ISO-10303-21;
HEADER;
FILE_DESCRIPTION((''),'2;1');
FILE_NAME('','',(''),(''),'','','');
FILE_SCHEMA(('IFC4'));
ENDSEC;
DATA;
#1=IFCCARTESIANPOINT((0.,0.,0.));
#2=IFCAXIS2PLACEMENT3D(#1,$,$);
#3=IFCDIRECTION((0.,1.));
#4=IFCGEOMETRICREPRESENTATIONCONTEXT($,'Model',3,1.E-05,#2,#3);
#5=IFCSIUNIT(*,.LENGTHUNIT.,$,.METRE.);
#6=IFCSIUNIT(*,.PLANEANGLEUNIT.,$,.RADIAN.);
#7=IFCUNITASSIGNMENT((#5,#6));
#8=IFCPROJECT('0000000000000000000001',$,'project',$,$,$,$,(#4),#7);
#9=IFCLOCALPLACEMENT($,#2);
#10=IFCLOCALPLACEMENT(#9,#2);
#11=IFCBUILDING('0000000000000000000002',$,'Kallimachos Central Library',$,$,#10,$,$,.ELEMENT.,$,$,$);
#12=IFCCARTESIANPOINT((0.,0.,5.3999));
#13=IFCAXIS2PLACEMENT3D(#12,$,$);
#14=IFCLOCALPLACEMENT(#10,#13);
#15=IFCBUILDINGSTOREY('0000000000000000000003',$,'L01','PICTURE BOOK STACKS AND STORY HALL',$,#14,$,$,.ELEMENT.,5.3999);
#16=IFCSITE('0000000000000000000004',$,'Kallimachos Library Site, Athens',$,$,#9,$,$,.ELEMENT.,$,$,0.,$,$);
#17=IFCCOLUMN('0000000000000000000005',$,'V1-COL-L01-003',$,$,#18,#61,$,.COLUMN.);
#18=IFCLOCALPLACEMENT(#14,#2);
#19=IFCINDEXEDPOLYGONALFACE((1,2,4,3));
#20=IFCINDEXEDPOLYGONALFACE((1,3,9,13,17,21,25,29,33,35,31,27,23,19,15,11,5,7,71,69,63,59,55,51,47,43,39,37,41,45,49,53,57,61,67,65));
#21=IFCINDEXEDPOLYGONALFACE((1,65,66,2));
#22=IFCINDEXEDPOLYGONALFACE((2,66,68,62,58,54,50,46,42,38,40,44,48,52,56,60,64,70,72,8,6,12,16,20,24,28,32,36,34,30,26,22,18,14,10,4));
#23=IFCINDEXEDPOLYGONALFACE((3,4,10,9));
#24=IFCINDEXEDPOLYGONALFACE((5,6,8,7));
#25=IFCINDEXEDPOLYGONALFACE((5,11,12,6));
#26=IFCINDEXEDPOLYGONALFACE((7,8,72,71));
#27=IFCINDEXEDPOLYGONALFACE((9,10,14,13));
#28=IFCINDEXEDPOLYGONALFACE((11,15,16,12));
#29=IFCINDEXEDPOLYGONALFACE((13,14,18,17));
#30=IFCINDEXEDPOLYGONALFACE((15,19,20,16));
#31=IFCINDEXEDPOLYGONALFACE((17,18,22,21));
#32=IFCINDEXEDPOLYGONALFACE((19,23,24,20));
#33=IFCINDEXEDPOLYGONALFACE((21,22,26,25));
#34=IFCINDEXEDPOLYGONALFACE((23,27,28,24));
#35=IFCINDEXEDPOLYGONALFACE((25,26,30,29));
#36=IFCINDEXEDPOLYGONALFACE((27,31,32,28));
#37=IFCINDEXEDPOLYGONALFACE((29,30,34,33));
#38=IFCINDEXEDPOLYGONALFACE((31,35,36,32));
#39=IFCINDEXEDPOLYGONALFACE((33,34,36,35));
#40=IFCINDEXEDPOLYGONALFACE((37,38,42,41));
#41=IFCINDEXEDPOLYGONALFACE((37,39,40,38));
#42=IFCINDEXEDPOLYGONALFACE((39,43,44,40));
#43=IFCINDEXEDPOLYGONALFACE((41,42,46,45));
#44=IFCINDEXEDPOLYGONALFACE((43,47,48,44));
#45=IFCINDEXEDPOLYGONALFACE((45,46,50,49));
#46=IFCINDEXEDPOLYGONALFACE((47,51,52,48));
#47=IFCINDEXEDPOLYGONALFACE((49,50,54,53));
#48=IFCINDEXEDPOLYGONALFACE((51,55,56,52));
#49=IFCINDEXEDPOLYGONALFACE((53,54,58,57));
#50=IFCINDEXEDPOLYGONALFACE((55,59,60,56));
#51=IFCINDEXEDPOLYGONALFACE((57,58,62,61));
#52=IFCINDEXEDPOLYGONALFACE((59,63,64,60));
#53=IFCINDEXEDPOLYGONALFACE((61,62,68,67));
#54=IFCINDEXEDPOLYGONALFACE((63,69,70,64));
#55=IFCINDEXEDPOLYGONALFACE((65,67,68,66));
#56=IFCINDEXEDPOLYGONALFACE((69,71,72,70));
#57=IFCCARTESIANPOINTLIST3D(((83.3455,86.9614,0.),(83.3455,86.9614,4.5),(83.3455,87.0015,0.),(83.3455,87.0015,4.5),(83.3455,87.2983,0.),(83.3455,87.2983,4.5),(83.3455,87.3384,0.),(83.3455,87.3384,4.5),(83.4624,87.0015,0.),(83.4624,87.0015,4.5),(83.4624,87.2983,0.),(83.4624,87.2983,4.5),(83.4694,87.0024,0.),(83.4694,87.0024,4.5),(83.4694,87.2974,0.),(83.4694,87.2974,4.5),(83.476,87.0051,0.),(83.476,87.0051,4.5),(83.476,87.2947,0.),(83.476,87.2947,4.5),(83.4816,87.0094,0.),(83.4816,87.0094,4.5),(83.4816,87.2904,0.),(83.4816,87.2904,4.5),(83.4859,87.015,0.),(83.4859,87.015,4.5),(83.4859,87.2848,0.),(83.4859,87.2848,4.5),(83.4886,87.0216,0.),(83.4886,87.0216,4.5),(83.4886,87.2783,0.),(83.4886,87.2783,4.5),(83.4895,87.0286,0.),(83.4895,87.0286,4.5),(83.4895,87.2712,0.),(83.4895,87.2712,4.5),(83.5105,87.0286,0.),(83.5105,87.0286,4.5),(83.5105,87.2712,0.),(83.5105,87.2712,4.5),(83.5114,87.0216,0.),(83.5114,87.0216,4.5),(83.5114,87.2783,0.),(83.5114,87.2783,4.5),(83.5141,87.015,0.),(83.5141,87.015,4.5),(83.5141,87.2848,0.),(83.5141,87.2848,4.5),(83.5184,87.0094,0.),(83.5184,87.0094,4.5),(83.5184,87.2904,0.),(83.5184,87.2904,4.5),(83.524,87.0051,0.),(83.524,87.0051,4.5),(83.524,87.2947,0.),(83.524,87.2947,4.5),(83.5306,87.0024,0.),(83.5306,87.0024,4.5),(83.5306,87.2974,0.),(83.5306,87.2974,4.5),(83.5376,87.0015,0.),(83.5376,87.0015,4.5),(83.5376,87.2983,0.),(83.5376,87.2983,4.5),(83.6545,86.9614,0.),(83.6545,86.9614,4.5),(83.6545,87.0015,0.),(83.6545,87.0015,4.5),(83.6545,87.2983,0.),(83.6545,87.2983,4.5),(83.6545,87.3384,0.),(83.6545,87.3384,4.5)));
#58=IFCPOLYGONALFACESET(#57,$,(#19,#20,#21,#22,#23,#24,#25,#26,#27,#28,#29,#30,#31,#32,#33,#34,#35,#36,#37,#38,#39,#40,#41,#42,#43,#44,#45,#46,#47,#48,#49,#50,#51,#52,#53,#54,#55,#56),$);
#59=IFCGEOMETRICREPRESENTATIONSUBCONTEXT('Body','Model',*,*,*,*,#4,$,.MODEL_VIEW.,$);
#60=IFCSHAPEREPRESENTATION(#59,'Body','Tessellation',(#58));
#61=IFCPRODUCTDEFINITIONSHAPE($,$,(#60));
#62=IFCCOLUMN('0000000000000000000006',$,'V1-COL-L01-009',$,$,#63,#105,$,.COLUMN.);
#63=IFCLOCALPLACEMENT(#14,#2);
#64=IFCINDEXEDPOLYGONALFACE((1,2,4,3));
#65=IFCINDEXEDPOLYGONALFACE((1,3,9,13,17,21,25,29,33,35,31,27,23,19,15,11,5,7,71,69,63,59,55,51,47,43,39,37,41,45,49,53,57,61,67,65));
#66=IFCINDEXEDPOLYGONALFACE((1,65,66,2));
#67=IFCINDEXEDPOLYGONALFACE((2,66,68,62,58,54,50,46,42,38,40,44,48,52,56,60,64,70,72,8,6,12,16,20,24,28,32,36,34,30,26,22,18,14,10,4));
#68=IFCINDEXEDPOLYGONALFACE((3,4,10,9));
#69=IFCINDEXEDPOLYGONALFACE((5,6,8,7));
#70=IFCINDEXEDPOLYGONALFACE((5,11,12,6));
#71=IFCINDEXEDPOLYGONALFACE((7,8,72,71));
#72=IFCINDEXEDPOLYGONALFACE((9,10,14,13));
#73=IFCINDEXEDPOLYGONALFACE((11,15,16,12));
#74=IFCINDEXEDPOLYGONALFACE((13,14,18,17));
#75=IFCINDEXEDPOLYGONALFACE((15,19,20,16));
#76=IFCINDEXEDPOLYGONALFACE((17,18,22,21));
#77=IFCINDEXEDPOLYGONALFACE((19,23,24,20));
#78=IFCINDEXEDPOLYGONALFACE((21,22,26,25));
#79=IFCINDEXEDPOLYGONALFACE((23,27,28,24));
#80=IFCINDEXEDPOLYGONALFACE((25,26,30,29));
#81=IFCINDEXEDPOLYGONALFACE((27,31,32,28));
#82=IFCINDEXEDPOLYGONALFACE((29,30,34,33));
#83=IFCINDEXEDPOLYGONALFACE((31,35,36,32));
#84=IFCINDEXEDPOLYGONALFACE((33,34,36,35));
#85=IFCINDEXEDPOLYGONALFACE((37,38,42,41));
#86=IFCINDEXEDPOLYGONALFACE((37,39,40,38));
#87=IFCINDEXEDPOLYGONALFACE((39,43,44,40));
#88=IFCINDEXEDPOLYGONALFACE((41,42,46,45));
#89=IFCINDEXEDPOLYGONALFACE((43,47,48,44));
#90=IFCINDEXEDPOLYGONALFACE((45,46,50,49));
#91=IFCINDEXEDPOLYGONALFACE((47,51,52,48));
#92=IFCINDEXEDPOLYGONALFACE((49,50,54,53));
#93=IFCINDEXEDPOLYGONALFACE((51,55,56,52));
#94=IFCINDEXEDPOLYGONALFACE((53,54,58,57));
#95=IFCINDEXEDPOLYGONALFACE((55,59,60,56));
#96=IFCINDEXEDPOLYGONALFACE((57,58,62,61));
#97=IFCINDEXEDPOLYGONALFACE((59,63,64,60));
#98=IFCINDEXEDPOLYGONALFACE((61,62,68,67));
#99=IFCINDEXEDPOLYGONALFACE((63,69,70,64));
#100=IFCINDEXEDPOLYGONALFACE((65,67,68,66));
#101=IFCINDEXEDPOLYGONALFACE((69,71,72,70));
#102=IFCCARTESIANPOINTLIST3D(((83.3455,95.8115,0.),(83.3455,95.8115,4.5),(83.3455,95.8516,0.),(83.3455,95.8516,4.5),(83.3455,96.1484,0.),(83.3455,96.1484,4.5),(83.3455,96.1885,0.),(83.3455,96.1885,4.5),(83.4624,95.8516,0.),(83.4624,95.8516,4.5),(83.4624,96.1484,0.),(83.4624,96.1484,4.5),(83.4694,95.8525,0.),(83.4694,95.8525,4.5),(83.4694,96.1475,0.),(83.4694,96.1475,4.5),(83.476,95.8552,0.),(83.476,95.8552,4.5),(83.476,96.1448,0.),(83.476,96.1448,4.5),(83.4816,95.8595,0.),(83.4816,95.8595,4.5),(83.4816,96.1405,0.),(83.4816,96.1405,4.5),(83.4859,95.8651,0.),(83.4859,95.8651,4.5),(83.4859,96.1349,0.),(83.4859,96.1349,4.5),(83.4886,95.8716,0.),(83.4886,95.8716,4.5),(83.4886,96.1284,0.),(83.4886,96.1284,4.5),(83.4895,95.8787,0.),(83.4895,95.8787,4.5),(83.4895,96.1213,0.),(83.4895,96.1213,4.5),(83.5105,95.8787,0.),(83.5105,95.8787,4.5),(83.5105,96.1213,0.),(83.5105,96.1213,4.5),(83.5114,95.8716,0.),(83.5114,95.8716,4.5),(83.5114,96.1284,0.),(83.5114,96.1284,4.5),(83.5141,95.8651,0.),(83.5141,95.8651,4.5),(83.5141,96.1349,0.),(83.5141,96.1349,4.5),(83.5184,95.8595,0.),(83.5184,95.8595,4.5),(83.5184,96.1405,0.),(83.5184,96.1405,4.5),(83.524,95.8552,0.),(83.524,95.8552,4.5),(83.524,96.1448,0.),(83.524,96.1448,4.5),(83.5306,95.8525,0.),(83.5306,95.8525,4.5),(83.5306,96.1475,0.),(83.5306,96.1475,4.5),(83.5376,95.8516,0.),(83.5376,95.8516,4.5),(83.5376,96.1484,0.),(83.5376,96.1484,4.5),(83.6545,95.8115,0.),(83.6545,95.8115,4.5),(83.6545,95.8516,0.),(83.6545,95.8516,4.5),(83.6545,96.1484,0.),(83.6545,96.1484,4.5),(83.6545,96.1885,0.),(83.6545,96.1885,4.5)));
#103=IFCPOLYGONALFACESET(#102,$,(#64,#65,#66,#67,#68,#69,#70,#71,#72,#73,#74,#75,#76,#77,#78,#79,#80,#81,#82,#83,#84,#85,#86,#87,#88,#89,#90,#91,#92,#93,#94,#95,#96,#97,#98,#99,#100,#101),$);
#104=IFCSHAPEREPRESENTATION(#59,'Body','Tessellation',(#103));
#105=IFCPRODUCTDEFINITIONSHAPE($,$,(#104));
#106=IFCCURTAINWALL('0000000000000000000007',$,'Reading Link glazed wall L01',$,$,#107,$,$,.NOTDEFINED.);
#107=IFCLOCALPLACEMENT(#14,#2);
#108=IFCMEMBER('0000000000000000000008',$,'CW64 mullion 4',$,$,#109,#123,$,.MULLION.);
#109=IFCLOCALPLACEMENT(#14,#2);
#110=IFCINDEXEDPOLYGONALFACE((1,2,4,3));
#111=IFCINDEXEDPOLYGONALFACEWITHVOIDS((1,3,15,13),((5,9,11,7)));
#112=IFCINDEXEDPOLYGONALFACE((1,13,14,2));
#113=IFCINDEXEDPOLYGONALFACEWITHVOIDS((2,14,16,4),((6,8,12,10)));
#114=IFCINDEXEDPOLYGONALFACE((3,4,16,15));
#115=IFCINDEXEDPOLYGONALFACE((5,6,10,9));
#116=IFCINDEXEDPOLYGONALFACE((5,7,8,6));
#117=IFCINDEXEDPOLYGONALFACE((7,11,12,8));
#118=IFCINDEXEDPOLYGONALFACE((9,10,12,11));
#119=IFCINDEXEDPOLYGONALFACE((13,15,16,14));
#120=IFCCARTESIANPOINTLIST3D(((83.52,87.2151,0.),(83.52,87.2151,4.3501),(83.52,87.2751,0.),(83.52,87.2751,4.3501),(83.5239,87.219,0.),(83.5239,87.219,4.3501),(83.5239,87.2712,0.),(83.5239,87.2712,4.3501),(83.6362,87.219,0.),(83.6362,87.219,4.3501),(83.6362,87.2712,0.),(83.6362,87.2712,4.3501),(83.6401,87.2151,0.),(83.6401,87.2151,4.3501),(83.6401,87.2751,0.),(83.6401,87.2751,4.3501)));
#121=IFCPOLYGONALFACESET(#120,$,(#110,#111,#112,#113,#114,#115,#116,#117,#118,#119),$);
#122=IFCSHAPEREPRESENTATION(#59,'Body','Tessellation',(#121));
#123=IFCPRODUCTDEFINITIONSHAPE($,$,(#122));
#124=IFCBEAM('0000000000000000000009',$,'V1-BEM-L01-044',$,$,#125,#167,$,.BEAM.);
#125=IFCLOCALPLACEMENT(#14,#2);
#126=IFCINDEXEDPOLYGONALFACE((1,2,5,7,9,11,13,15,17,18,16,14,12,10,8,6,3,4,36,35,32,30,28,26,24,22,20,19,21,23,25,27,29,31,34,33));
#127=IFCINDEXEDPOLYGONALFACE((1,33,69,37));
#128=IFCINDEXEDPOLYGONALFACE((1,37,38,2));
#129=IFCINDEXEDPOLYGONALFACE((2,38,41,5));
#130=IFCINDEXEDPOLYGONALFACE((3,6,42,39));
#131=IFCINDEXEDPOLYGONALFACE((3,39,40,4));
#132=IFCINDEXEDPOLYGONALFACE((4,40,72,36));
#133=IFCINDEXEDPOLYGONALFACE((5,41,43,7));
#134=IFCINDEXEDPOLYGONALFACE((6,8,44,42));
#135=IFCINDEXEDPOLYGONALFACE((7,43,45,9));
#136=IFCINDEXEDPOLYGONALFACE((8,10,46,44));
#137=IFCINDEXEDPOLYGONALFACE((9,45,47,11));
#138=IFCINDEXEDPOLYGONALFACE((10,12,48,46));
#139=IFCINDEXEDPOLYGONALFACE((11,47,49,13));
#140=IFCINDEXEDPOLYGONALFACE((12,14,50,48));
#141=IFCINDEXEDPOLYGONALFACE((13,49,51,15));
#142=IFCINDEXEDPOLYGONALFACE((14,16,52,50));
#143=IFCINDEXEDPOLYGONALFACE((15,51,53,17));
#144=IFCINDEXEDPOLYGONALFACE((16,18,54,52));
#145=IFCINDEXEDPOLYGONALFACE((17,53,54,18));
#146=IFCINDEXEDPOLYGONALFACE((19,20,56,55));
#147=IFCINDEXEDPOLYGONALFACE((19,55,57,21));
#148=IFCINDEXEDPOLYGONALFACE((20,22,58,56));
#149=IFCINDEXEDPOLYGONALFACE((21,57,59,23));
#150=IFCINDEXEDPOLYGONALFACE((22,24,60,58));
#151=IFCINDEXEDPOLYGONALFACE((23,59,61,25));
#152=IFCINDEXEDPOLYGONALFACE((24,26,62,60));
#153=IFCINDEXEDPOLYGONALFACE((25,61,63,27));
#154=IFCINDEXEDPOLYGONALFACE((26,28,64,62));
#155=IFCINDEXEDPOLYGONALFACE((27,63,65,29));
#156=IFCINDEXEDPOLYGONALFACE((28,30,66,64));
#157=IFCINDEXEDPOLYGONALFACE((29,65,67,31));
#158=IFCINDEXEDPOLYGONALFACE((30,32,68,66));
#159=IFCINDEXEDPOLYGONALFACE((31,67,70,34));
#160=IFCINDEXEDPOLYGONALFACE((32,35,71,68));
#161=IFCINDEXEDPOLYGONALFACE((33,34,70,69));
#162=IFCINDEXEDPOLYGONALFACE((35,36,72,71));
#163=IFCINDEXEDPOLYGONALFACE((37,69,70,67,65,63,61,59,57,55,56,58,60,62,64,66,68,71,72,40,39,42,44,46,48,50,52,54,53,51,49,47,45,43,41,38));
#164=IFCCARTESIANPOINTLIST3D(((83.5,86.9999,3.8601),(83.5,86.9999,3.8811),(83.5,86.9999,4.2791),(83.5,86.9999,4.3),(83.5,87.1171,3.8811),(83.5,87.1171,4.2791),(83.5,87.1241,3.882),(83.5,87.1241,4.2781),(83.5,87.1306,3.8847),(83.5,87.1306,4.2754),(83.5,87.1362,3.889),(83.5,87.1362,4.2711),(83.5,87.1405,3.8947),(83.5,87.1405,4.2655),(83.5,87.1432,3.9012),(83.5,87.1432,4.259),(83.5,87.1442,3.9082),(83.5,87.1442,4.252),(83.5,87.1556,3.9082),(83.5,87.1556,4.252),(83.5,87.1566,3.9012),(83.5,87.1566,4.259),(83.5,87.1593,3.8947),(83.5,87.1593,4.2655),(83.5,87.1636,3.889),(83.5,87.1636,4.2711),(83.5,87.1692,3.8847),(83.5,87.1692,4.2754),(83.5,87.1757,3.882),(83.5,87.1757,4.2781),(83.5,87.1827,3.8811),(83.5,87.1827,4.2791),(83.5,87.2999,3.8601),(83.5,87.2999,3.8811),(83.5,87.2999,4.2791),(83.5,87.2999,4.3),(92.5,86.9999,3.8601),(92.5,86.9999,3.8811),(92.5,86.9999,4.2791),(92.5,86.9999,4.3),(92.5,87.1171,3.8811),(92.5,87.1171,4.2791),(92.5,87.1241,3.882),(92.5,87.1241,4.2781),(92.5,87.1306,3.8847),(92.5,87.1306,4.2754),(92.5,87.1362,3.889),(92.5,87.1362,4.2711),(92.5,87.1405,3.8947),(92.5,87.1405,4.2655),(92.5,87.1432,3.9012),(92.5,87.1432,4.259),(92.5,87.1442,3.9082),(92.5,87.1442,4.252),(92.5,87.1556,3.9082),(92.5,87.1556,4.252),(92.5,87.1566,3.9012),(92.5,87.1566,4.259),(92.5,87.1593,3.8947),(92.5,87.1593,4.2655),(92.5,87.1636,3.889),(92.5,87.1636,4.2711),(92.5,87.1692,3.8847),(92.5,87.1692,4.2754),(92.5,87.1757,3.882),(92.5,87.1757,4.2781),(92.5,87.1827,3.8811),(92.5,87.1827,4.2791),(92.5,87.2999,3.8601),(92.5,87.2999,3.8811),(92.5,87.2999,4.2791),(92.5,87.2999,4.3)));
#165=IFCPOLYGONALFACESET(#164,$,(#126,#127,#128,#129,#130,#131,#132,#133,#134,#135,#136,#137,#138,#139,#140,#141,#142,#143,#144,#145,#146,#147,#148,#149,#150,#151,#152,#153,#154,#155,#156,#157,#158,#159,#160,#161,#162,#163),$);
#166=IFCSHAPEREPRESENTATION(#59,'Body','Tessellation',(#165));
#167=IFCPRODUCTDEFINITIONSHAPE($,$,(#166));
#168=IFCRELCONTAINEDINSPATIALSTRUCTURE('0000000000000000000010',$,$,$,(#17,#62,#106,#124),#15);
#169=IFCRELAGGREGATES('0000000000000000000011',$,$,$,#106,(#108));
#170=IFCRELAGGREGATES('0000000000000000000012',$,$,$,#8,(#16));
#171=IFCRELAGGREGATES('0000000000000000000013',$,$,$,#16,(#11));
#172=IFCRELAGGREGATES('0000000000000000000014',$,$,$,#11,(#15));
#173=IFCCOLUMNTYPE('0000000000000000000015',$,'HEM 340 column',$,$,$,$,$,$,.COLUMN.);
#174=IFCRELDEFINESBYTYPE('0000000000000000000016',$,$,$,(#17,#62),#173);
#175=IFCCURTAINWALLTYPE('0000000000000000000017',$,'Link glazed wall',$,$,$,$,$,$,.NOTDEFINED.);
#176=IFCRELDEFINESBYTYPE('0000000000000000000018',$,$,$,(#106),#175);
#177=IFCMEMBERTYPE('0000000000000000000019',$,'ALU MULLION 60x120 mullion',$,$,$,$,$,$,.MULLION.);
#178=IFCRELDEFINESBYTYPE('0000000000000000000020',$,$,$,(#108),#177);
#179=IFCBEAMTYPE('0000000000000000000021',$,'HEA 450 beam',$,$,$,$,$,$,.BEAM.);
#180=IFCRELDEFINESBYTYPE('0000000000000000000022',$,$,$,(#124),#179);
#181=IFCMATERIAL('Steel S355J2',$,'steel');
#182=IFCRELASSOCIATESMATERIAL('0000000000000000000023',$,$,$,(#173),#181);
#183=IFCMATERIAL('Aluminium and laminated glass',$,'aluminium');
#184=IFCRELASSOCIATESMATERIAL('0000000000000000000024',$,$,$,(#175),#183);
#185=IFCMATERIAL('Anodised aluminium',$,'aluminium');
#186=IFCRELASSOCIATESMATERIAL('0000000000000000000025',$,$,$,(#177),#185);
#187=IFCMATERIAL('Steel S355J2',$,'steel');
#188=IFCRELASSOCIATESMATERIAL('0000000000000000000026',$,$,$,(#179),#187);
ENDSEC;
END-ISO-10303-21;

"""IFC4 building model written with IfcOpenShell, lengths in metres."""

from ifc_helpers import new_model, si_unit, direction, frame, origin, origin_2d, place, context, subcontext, project, spatial, hollow_rectangle, i_section, extrude, material, material_profile, profile_set, type_object, element, aggregate, save


model = new_model("IFC4")

# Units and contexts
model_context = context("Model", 3, precision=1e-05, world=origin(), true_north=direction((0.0, 1.0)))
body_context = subcontext(model_context, "Body", "Model", "MODEL_VIEW")
ifc_project = project(units=[si_unit("LENGTHUNIT", "METRE"), si_unit("PLANEANGLEUNIT", "RADIAN")], contexts=[model_context])

# Site, building, storey
site_placement = place(None, origin())
site = spatial("IfcSite", under=ifc_project, at=site_placement, Name="Kallimachos Library Site, Athens", CompositionType="ELEMENT", RefElevation=0.0)
building_placement = place(site_placement, origin())
building = spatial("IfcBuilding", under=site, at=building_placement, Name="Kallimachos Central Library", CompositionType="ELEMENT")
storey_placement = place(building_placement, frame((0.0, 0.0, 5.3999)))
storey = spatial("IfcBuildingStorey", under=building, at=storey_placement, Name="L01", Description="PICTURE BOOK STACKS AND STORY HALL", CompositionType="ELEMENT", Elevation=5.3999)

# Columns
ifc_material_1 = material(Name="Steel S355J2", Category="steel")
ifc_material_profile_1 = material_profile(ifc_material_1, i_section(OverallWidth=0.3091, OverallDepth=0.377, WebThickness=0.021, FlangeThickness=0.04, FilletRadius=0.0271, at=origin_2d()), Name="HEM 340")
ifc_profile_set_1 = profile_set([ifc_material_profile_1], Name="Steel S355J2")
column_type = type_object("IfcColumnType", Name="HEM 340 column", PredefinedType="COLUMN", material=ifc_profile_set_1)
for number, where, z_axis, x_axis, name in (
    (1, (83.5, 87.1499, 0.0), (0.0, 0.0, 1.0), (1.0, 0.0, 0.0), "V1-COL-L01-003"),
    (2, (83.5, 96.0, 0.0), (0.0, 0.0, 1.0), (1.0, 0.0, 0.0), "V1-COL-L01-009"),
):
    element("IfcColumn", number, at=place(storey_placement, frame(where, z_axis=z_axis, x_axis=x_axis)), inside=storey, type_object=column_type, Name=name, PredefinedType="COLUMN", context=body_context, shape_type="SweptSolid", body=[
        extrude(i_section(OverallWidth=0.3091, OverallDepth=0.377, WebThickness=0.021, FlangeThickness=0.04, FilletRadius=0.0271, at=origin_2d()), origin(), (0.0, 0.0, 1.0), 4.5),
    ])

# Curtain wall, member
ifc_material_2 = material(Name="Aluminium and laminated glass", Category="aluminium")
curtain_wall_type = type_object("IfcCurtainWallType", Name="Link glazed wall", PredefinedType="NOTDEFINED", material=ifc_material_2)
curtain_wall_placement = place(storey_placement, origin())
curtain_wall = element("IfcCurtainWall", 3, at=curtain_wall_placement, inside=storey, type_object=curtain_wall_type, Name="Reading Link glazed wall L01", PredefinedType="NOTDEFINED")
ifc_material_3 = material(Name="Anodised aluminium", Category="aluminium")
ifc_material_profile_2 = material_profile(ifc_material_3, hollow_rectangle(XDim=0.0601, YDim=0.1201, WallThickness=0.0039, at=origin_2d()), Name="ALU MULLION 60x120")
ifc_profile_set_2 = profile_set([ifc_material_profile_2], Name="Anodised aluminium")
member_type = type_object("IfcMemberType", Name="ALU MULLION 60x120 mullion", PredefinedType="MULLION", material=ifc_profile_set_2)
member_placement = place(storey_placement, frame((83.5801, 87.2451, 0.0), z_axis=(0.0, 0.0, 1.0), x_axis=(0.0, 1.0, 0.0)))
member = element("IfcMember", 4, at=member_placement, type_object=member_type, Name="CW64 mullion 4", PredefinedType="MULLION", context=body_context, shape_type="SweptSolid", body=[
    extrude(hollow_rectangle(XDim=0.0601, YDim=0.1201, WallThickness=0.0039, at=origin_2d()), origin(), (0.0, 0.0, 1.0), 4.3501),
])

# Beam
ifc_material_4 = material(Name="Steel S355J2", Category="steel")
ifc_material_profile_3 = material_profile(ifc_material_4, i_section(OverallWidth=0.3, OverallDepth=0.4399, WebThickness=0.0115, FlangeThickness=0.021, FilletRadius=0.0271, at=origin_2d()), Name="HEA 450")
ifc_profile_set_3 = profile_set([ifc_material_profile_3], Name="Steel S355J2")
beam_type_1 = type_object("IfcBeamType", Name="HEA 450 beam", PredefinedType="BEAM", material=ifc_profile_set_3)
beam_1_placement = place(storey_placement, frame((83.5, 87.1499, 4.0801), z_axis=(1.0, 0.0, 0.0), x_axis=(0.0, 1.0, 0.0)))
element("IfcBeam", 5, at=beam_1_placement, inside=storey, type_object=beam_type_1, Name="V1-BEM-L01-044", PredefinedType="BEAM", context=body_context, shape_type="SweptSolid", body=[
    extrude(i_section(OverallWidth=0.3, OverallDepth=0.4399, WebThickness=0.0115, FlangeThickness=0.021, FilletRadius=0.0271, at=origin_2d()), origin(), (0.0, 0.0, 1.0), 9.0),
])

aggregate(curtain_wall, [member])

save(model, "model.ifc")
